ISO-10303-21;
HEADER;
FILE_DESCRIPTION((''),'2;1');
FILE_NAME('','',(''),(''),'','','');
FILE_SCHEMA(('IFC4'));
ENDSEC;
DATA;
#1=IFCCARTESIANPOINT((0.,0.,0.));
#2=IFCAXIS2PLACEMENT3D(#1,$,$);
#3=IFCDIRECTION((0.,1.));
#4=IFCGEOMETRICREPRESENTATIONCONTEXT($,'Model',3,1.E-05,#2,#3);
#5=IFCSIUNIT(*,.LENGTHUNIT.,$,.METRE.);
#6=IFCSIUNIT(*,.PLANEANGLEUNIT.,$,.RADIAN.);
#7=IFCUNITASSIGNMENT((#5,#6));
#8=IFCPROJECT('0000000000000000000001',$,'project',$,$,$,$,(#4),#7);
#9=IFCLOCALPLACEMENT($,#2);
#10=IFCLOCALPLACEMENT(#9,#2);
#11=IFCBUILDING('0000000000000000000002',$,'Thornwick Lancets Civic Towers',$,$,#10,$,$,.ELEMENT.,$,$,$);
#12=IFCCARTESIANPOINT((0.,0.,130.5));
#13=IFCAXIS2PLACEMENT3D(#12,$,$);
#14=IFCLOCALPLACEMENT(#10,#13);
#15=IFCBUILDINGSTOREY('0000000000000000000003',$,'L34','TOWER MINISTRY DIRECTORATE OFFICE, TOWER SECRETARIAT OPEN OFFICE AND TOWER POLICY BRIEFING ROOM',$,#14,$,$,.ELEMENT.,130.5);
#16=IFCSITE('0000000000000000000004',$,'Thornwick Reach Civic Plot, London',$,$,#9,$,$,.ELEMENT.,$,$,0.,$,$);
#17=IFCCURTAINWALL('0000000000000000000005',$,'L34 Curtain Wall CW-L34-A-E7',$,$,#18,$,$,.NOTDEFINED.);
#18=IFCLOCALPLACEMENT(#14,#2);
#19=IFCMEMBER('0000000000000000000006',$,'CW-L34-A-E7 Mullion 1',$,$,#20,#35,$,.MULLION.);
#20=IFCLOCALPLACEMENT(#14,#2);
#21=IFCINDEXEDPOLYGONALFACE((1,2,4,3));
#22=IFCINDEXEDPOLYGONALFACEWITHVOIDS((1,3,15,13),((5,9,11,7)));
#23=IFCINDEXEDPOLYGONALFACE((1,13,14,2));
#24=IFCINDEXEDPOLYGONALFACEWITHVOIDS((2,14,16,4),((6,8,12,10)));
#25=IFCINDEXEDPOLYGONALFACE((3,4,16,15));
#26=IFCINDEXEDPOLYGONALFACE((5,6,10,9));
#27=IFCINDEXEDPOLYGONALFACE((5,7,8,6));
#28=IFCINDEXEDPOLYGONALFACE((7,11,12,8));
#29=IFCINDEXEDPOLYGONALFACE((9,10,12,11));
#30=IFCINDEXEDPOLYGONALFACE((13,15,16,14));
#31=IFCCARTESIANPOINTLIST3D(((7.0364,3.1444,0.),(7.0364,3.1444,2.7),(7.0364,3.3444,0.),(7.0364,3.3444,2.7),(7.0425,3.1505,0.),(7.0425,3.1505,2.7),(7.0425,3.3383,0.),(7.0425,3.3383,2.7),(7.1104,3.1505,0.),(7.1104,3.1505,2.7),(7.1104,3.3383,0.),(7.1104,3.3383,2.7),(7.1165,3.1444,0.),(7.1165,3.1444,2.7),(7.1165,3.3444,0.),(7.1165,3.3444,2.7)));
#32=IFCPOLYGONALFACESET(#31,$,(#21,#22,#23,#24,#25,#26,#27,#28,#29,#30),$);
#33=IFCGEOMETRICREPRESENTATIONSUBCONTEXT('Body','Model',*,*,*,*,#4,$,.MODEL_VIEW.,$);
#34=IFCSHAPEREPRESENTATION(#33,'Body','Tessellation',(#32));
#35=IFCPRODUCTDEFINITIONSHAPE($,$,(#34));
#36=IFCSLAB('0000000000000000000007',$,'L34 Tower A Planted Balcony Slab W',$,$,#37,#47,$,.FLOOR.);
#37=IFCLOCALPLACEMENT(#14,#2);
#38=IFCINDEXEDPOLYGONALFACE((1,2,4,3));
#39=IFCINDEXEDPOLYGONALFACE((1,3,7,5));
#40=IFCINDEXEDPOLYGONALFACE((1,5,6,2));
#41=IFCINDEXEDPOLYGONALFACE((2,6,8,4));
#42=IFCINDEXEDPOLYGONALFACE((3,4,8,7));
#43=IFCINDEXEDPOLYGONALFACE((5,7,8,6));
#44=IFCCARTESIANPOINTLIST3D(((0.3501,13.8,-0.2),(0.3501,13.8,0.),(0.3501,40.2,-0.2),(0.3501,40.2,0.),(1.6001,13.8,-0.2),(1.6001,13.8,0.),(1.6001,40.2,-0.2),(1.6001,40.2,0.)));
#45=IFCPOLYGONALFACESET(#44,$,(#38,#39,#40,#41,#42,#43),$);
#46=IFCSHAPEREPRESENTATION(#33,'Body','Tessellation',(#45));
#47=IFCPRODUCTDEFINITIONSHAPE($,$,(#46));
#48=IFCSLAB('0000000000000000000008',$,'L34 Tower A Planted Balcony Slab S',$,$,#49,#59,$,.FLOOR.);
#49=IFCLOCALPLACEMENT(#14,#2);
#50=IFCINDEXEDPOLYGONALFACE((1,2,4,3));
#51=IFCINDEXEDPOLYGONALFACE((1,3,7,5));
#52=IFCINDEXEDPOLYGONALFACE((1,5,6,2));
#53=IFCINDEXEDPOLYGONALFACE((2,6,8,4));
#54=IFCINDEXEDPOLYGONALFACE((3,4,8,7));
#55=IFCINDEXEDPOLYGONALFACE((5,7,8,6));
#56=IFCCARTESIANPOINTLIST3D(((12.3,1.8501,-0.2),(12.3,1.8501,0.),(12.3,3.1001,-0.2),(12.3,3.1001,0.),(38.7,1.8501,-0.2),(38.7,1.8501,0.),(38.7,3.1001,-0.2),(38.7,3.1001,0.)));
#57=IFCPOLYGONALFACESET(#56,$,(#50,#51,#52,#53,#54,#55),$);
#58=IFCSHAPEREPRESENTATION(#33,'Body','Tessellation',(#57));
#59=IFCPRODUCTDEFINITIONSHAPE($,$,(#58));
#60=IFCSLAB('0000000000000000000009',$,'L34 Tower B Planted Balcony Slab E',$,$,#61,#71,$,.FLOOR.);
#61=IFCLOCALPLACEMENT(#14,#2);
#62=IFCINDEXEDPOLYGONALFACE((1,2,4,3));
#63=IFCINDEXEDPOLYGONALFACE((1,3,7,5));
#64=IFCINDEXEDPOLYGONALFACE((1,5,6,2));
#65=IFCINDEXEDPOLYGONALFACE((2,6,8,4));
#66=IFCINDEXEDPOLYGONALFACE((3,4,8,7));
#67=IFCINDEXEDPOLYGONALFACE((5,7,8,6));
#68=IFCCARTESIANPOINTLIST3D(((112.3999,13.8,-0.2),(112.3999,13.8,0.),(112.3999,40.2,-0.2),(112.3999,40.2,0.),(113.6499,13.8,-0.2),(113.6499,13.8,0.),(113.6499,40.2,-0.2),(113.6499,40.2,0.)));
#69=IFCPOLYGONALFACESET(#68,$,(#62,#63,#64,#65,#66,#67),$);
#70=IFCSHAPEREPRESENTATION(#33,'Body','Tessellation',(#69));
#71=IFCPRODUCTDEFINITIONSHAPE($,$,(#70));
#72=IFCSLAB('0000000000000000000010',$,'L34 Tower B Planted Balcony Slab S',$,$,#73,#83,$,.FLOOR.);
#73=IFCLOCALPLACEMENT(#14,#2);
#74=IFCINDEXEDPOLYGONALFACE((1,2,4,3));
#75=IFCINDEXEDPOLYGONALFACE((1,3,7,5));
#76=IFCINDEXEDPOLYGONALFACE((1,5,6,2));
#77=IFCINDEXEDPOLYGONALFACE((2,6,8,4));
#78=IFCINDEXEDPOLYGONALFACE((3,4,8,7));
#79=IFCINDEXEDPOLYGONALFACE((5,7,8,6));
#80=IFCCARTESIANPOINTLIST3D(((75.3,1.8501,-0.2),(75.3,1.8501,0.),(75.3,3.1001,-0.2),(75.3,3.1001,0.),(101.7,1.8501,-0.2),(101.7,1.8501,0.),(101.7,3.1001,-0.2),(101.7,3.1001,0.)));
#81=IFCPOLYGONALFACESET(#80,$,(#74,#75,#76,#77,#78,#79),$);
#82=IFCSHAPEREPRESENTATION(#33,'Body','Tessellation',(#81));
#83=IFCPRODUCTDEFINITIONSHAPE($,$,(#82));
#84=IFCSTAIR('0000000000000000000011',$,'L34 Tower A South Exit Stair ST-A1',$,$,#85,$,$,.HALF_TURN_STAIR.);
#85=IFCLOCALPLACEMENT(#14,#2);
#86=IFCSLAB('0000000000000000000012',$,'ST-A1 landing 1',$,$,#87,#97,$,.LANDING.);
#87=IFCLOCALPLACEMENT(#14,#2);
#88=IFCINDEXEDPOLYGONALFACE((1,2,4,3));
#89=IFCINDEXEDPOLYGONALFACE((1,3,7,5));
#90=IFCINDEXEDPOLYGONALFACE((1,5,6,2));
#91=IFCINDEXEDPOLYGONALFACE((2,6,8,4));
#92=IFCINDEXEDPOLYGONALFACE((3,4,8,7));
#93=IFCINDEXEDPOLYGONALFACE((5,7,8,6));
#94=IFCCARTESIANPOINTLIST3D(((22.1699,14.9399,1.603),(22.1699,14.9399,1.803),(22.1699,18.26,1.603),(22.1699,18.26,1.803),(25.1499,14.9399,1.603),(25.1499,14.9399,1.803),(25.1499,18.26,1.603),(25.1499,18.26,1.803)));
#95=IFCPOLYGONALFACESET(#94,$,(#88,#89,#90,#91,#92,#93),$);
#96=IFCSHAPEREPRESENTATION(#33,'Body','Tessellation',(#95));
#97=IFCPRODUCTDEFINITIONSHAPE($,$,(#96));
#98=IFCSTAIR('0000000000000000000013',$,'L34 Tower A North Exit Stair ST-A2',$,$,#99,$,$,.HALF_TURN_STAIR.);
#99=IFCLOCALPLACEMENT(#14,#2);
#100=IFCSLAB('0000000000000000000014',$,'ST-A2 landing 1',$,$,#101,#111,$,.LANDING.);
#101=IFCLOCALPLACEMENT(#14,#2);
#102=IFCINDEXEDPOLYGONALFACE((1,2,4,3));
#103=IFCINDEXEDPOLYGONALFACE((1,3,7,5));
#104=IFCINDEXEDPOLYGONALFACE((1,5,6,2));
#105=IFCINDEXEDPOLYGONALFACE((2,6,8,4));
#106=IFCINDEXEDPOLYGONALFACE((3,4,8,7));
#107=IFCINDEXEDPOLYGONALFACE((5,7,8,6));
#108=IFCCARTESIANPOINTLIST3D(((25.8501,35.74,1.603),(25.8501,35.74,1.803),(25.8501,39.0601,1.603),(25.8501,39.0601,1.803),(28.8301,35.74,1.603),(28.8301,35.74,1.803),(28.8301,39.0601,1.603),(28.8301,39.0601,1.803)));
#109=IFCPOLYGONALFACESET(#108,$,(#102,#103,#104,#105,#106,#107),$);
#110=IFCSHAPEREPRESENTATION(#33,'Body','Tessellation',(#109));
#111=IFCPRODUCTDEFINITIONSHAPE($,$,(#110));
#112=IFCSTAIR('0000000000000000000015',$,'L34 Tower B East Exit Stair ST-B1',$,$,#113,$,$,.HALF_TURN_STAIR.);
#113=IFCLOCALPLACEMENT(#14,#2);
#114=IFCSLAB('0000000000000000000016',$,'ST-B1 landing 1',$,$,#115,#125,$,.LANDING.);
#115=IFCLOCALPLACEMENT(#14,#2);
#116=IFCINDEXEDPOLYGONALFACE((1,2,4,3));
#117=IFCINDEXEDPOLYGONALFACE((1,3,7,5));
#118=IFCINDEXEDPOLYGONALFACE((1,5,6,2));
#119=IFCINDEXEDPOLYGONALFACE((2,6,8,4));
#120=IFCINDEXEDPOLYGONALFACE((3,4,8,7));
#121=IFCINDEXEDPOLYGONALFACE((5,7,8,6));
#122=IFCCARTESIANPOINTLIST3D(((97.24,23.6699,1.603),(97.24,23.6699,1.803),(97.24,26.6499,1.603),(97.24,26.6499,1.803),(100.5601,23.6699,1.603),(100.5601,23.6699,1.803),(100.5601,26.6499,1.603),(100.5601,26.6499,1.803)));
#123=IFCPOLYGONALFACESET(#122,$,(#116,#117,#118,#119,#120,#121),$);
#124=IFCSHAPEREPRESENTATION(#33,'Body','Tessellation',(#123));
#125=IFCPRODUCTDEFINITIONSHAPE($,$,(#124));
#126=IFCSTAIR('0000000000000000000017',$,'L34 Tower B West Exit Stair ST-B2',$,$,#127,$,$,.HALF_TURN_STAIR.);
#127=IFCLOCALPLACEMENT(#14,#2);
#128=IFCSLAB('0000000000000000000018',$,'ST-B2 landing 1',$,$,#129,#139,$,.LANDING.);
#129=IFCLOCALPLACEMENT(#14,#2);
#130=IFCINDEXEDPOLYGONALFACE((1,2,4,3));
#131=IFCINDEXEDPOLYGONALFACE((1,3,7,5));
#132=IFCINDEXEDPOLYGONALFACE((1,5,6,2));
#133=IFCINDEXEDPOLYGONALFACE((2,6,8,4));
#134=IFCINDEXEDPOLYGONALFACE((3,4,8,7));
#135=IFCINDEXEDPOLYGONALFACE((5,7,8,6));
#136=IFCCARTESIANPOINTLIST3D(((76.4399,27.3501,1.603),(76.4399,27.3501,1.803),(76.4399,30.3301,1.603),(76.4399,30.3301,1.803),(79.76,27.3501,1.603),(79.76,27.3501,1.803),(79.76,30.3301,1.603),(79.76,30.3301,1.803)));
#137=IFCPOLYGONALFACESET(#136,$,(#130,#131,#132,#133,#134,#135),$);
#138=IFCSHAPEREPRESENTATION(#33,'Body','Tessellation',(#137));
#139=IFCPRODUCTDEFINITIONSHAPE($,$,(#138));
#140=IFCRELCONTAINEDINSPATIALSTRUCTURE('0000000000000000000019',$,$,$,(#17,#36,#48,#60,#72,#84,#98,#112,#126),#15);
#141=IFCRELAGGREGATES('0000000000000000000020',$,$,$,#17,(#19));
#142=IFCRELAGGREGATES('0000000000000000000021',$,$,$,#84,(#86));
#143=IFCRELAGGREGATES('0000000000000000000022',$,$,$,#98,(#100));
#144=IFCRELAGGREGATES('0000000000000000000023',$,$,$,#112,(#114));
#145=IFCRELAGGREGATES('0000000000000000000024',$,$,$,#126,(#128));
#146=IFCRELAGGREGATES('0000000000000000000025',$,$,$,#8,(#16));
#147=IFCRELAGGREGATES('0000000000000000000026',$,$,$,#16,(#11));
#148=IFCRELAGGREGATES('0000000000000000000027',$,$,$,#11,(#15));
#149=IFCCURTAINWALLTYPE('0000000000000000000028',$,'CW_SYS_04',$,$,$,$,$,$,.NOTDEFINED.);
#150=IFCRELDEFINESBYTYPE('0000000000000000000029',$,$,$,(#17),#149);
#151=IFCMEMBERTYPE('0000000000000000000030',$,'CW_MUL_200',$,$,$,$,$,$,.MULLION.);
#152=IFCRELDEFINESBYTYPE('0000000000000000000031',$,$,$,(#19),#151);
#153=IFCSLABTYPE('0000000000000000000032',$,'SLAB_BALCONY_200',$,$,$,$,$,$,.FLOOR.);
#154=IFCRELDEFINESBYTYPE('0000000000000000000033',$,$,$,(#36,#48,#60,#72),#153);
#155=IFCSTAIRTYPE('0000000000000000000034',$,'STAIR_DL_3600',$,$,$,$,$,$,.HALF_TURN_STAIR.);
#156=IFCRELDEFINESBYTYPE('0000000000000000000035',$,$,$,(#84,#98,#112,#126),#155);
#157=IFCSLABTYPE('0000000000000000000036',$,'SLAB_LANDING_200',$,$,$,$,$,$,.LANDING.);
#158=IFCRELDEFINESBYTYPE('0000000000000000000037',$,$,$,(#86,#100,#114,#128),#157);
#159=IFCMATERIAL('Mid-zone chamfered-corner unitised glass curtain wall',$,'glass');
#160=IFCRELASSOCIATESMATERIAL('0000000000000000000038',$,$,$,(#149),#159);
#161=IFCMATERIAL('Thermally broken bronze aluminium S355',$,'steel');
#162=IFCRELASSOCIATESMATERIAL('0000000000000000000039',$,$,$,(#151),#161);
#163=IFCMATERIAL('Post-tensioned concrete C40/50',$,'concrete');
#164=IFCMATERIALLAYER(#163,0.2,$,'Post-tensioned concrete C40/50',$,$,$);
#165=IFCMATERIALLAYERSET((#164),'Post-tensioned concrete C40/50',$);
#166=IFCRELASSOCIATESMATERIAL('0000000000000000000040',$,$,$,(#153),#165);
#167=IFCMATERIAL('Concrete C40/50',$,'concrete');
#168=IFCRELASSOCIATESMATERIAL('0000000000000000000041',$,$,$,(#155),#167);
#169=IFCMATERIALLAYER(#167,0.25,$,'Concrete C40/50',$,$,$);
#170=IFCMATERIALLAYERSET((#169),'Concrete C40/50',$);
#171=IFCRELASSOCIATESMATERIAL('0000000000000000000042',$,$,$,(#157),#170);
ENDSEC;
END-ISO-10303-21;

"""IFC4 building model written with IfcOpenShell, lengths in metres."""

from ifc_helpers import new_model, si_unit, direction, frame, origin, origin_2d, place, context, subcontext, project, spatial, polyline, hollow_rectangle, outline, extrude, material, layer, layer_set, material_profile, profile_set, type_object, element, aggregate, save


model = new_model("IFC4")

# Units and contexts
model_context = context("Model", 3, precision=1e-05, world=origin(), true_north=direction((0.0, 1.0)))
body_context = subcontext(model_context, "Body", "Model", "MODEL_VIEW")
ifc_project = project(units=[si_unit("LENGTHUNIT", "METRE"), si_unit("PLANEANGLEUNIT", "RADIAN")], contexts=[model_context])

# Site, building, storey
site_placement = place(None, origin())
site = spatial("IfcSite", under=ifc_project, at=site_placement, Name="Thornwick Reach Civic Plot, London", CompositionType="ELEMENT", RefElevation=0.0)
building_placement = place(site_placement, origin())
building = spatial("IfcBuilding", under=site, at=building_placement, Name="Thornwick Lancets Civic Towers", CompositionType="ELEMENT")
storey_placement = place(building_placement, frame((0.0, 0.0, 130.5)))
storey = spatial("IfcBuildingStorey", under=building, at=storey_placement, Name="L34", Description="TOWER MINISTRY DIRECTORATE OFFICE, TOWER SECRETARIAT OPEN OFFICE AND TOWER POLICY BRIEFING ROOM", CompositionType="ELEMENT", Elevation=130.5)

# Curtain wall, member
ifc_material_1 = material(Name="Mid-zone chamfered-corner unitised glass curtain wall", Category="glass")
curtain_wall_type = type_object("IfcCurtainWallType", Name="CW_SYS_04", PredefinedType="NOTDEFINED", material=ifc_material_1)
curtain_wall_placement = place(storey_placement, origin())
curtain_wall = element("IfcCurtainWall", 1, at=curtain_wall_placement, inside=storey, type_object=curtain_wall_type, Name="L34 Curtain Wall CW-L34-A-E7", PredefinedType="NOTDEFINED")
ifc_material_2 = material(Name="Thermally broken bronze aluminium S355", Category="steel")
ifc_material_profile = material_profile(ifc_material_2, hollow_rectangle(XDim=0.0801, YDim=0.2, WallThickness=0.0061, at=origin_2d()), Name="RHS 200x80x6")
ifc_profile_set = profile_set([ifc_material_profile], Name="Thermally broken bronze aluminium S355")
member_type = type_object("IfcMemberType", Name="CW_MUL_200", PredefinedType="MULLION", material=ifc_profile_set)
member_placement = place(storey_placement, frame((7.0764, 3.2444, 0.0), z_axis=(0.0, 0.0, 1.0), x_axis=(1.0, 0.0, 0.0)))
member = element("IfcMember", 2, at=member_placement, type_object=member_type, Name="CW-L34-A-E7 Mullion 1", PredefinedType="MULLION", context=body_context, shape_type="SweptSolid", body=[
    extrude(hollow_rectangle(XDim=0.0801, YDim=0.2, WallThickness=0.0061, at=origin_2d()), origin(), (0.0, 0.0, 1.0), 2.7),
])
aggregate(curtain_wall, [member])

# Slabs
ifc_material_3 = material(Name="Post-tensioned concrete C40/50", Category="concrete")
ifc_layer_1 = layer(ifc_material_3, 0.2, Name="Post-tensioned concrete C40/50")
ifc_layer_set_1 = layer_set([ifc_layer_1], Name="Post-tensioned concrete C40/50")
slab_type_1 = type_object("IfcSlabType", Name="SLAB_BALCONY_200", PredefinedType="FLOOR", material=ifc_layer_set_1)
slab_1_placement = place(storey_placement, frame((0.0, 0.0, -0.2)))
element("IfcSlab", 3, at=slab_1_placement, inside=storey, type_object=slab_type_1, Name="L34 Tower A Planted Balcony Slab W", PredefinedType="FLOOR", context=body_context, shape_type="SweptSolid", body=[
    extrude(outline(polyline([(0.3501, 13.8), (1.6001, 13.8), (1.6001, 40.2), (0.3501, 40.2), (0.3501, 13.8)])), origin(), (0.0, 0.0, 1.0), 0.2),
])
slab_2_placement = place(storey_placement, frame((0.0, 0.0, -0.2)))
element("IfcSlab", 4, at=slab_2_placement, inside=storey, type_object=slab_type_1, Name="L34 Tower A Planted Balcony Slab S", PredefinedType="FLOOR", context=body_context, shape_type="SweptSolid", body=[
    extrude(outline(polyline([(12.3, 1.8501), (38.7, 1.8501), (38.7, 3.1001), (12.3, 3.1001), (12.3, 1.8501)])), origin(), (0.0, 0.0, 1.0), 0.2),
])
slab_3_placement = place(storey_placement, frame((0.0, 0.0, -0.2)))
element("IfcSlab", 5, at=slab_3_placement, inside=storey, type_object=slab_type_1, Name="L34 Tower B Planted Balcony Slab E", PredefinedType="FLOOR", context=body_context, shape_type="SweptSolid", body=[
    extrude(outline(polyline([(112.3999, 13.8), (113.6499, 13.8), (113.6499, 40.2), (112.3999, 40.2), (112.3999, 13.8)])), origin(), (0.0, 0.0, 1.0), 0.2),
])
slab_4_placement = place(storey_placement, frame((0.0, 0.0, -0.2)))
element("IfcSlab", 6, at=slab_4_placement, inside=storey, type_object=slab_type_1, Name="L34 Tower B Planted Balcony Slab S", PredefinedType="FLOOR", context=body_context, shape_type="SweptSolid", body=[
    extrude(outline(polyline([(75.3, 1.8501), (101.7, 1.8501), (101.7, 3.1001), (75.3, 3.1001), (75.3, 1.8501)])), origin(), (0.0, 0.0, 1.0), 0.2),
])

# Stairs, slabs
ifc_material_4 = material(Name="Concrete C40/50", Category="concrete")
stair_type = type_object("IfcStairType", Name="STAIR_DL_3600", PredefinedType="HALF_TURN_STAIR", material=ifc_material_4)
stair_1_placement = place(storey_placement, origin())
stair_1 = element("IfcStair", 7, at=stair_1_placement, inside=storey, type_object=stair_type, Name="L34 Tower A South Exit Stair ST-A1", PredefinedType="HALF_TURN_STAIR")
ifc_layer_2 = layer(ifc_material_4, 0.25, Name="Concrete C40/50")
ifc_layer_set_2 = layer_set([ifc_layer_2], Name="Concrete C40/50")
slab_type_2 = type_object("IfcSlabType", Name="SLAB_LANDING_200", PredefinedType="LANDING", material=ifc_layer_set_2)
slab_5_placement = place(storey_placement, frame((0.0, 0.0, 1.603)))
slab_5 = element("IfcSlab", 8, at=slab_5_placement, type_object=slab_type_2, Name="ST-A1 landing 1", PredefinedType="LANDING", context=body_context, shape_type="SweptSolid", body=[
    extrude(outline(polyline([(22.1699, 14.9399), (25.1499, 14.9399), (25.1499, 18.26), (22.1699, 18.26), (22.1699, 14.9399)])), origin(), (0.0, 0.0, 1.0), 0.2),
])
aggregate(stair_1, [slab_5])
stair_2_placement = place(storey_placement, origin())
stair_2 = element("IfcStair", 9, at=stair_2_placement, inside=storey, type_object=stair_type, Name="L34 Tower A North Exit Stair ST-A2", PredefinedType="HALF_TURN_STAIR")
slab_6_placement = place(storey_placement, frame((0.0, 0.0, 1.603)))
slab_6 = element("IfcSlab", 10, at=slab_6_placement, type_object=slab_type_2, Name="ST-A2 landing 1", PredefinedType="LANDING", context=body_context, shape_type="SweptSolid", body=[
    extrude(outline(polyline([(28.8301, 39.0601), (25.8501, 39.0601), (25.8501, 35.74), (28.8301, 35.74), (28.8301, 39.0601)])), origin(), (0.0, 0.0, 1.0), 0.2),
])
aggregate(stair_2, [slab_6])
stair_3_placement = place(storey_placement, origin())
stair_3 = element("IfcStair", 11, at=stair_3_placement, inside=storey, type_object=stair_type, Name="L34 Tower B East Exit Stair ST-B1", PredefinedType="HALF_TURN_STAIR")
slab_7_placement = place(storey_placement, frame((0.0, 0.0, 1.603)))
slab_7 = element("IfcSlab", 12, at=slab_7_placement, type_object=slab_type_2, Name="ST-B1 landing 1", PredefinedType="LANDING", context=body_context, shape_type="SweptSolid", body=[
    extrude(outline(polyline([(100.5601, 23.6699), (100.5601, 26.6499), (97.24, 26.6499), (97.24, 23.6699), (100.5601, 23.6699)])), origin(), (0.0, 0.0, 1.0), 0.2),
])
aggregate(stair_3, [slab_7])
stair_4_placement = place(storey_placement, origin())
stair_4 = element("IfcStair", 13, at=stair_4_placement, inside=storey, type_object=stair_type, Name="L34 Tower B West Exit Stair ST-B2", PredefinedType="HALF_TURN_STAIR")
slab_8_placement = place(storey_placement, frame((0.0, 0.0, 1.603)))
slab_8 = element("IfcSlab", 14, at=slab_8_placement, type_object=slab_type_2, Name="ST-B2 landing 1", PredefinedType="LANDING", context=body_context, shape_type="SweptSolid", body=[
    extrude(outline(polyline([(76.4399, 30.3301), (76.4399, 27.3501), (79.76, 27.3501), (79.76, 30.3301), (76.4399, 30.3301)])), origin(), (0.0, 0.0, 1.0), 0.2),
])
aggregate(stair_4, [slab_8])

save(model, "model.ifc")
